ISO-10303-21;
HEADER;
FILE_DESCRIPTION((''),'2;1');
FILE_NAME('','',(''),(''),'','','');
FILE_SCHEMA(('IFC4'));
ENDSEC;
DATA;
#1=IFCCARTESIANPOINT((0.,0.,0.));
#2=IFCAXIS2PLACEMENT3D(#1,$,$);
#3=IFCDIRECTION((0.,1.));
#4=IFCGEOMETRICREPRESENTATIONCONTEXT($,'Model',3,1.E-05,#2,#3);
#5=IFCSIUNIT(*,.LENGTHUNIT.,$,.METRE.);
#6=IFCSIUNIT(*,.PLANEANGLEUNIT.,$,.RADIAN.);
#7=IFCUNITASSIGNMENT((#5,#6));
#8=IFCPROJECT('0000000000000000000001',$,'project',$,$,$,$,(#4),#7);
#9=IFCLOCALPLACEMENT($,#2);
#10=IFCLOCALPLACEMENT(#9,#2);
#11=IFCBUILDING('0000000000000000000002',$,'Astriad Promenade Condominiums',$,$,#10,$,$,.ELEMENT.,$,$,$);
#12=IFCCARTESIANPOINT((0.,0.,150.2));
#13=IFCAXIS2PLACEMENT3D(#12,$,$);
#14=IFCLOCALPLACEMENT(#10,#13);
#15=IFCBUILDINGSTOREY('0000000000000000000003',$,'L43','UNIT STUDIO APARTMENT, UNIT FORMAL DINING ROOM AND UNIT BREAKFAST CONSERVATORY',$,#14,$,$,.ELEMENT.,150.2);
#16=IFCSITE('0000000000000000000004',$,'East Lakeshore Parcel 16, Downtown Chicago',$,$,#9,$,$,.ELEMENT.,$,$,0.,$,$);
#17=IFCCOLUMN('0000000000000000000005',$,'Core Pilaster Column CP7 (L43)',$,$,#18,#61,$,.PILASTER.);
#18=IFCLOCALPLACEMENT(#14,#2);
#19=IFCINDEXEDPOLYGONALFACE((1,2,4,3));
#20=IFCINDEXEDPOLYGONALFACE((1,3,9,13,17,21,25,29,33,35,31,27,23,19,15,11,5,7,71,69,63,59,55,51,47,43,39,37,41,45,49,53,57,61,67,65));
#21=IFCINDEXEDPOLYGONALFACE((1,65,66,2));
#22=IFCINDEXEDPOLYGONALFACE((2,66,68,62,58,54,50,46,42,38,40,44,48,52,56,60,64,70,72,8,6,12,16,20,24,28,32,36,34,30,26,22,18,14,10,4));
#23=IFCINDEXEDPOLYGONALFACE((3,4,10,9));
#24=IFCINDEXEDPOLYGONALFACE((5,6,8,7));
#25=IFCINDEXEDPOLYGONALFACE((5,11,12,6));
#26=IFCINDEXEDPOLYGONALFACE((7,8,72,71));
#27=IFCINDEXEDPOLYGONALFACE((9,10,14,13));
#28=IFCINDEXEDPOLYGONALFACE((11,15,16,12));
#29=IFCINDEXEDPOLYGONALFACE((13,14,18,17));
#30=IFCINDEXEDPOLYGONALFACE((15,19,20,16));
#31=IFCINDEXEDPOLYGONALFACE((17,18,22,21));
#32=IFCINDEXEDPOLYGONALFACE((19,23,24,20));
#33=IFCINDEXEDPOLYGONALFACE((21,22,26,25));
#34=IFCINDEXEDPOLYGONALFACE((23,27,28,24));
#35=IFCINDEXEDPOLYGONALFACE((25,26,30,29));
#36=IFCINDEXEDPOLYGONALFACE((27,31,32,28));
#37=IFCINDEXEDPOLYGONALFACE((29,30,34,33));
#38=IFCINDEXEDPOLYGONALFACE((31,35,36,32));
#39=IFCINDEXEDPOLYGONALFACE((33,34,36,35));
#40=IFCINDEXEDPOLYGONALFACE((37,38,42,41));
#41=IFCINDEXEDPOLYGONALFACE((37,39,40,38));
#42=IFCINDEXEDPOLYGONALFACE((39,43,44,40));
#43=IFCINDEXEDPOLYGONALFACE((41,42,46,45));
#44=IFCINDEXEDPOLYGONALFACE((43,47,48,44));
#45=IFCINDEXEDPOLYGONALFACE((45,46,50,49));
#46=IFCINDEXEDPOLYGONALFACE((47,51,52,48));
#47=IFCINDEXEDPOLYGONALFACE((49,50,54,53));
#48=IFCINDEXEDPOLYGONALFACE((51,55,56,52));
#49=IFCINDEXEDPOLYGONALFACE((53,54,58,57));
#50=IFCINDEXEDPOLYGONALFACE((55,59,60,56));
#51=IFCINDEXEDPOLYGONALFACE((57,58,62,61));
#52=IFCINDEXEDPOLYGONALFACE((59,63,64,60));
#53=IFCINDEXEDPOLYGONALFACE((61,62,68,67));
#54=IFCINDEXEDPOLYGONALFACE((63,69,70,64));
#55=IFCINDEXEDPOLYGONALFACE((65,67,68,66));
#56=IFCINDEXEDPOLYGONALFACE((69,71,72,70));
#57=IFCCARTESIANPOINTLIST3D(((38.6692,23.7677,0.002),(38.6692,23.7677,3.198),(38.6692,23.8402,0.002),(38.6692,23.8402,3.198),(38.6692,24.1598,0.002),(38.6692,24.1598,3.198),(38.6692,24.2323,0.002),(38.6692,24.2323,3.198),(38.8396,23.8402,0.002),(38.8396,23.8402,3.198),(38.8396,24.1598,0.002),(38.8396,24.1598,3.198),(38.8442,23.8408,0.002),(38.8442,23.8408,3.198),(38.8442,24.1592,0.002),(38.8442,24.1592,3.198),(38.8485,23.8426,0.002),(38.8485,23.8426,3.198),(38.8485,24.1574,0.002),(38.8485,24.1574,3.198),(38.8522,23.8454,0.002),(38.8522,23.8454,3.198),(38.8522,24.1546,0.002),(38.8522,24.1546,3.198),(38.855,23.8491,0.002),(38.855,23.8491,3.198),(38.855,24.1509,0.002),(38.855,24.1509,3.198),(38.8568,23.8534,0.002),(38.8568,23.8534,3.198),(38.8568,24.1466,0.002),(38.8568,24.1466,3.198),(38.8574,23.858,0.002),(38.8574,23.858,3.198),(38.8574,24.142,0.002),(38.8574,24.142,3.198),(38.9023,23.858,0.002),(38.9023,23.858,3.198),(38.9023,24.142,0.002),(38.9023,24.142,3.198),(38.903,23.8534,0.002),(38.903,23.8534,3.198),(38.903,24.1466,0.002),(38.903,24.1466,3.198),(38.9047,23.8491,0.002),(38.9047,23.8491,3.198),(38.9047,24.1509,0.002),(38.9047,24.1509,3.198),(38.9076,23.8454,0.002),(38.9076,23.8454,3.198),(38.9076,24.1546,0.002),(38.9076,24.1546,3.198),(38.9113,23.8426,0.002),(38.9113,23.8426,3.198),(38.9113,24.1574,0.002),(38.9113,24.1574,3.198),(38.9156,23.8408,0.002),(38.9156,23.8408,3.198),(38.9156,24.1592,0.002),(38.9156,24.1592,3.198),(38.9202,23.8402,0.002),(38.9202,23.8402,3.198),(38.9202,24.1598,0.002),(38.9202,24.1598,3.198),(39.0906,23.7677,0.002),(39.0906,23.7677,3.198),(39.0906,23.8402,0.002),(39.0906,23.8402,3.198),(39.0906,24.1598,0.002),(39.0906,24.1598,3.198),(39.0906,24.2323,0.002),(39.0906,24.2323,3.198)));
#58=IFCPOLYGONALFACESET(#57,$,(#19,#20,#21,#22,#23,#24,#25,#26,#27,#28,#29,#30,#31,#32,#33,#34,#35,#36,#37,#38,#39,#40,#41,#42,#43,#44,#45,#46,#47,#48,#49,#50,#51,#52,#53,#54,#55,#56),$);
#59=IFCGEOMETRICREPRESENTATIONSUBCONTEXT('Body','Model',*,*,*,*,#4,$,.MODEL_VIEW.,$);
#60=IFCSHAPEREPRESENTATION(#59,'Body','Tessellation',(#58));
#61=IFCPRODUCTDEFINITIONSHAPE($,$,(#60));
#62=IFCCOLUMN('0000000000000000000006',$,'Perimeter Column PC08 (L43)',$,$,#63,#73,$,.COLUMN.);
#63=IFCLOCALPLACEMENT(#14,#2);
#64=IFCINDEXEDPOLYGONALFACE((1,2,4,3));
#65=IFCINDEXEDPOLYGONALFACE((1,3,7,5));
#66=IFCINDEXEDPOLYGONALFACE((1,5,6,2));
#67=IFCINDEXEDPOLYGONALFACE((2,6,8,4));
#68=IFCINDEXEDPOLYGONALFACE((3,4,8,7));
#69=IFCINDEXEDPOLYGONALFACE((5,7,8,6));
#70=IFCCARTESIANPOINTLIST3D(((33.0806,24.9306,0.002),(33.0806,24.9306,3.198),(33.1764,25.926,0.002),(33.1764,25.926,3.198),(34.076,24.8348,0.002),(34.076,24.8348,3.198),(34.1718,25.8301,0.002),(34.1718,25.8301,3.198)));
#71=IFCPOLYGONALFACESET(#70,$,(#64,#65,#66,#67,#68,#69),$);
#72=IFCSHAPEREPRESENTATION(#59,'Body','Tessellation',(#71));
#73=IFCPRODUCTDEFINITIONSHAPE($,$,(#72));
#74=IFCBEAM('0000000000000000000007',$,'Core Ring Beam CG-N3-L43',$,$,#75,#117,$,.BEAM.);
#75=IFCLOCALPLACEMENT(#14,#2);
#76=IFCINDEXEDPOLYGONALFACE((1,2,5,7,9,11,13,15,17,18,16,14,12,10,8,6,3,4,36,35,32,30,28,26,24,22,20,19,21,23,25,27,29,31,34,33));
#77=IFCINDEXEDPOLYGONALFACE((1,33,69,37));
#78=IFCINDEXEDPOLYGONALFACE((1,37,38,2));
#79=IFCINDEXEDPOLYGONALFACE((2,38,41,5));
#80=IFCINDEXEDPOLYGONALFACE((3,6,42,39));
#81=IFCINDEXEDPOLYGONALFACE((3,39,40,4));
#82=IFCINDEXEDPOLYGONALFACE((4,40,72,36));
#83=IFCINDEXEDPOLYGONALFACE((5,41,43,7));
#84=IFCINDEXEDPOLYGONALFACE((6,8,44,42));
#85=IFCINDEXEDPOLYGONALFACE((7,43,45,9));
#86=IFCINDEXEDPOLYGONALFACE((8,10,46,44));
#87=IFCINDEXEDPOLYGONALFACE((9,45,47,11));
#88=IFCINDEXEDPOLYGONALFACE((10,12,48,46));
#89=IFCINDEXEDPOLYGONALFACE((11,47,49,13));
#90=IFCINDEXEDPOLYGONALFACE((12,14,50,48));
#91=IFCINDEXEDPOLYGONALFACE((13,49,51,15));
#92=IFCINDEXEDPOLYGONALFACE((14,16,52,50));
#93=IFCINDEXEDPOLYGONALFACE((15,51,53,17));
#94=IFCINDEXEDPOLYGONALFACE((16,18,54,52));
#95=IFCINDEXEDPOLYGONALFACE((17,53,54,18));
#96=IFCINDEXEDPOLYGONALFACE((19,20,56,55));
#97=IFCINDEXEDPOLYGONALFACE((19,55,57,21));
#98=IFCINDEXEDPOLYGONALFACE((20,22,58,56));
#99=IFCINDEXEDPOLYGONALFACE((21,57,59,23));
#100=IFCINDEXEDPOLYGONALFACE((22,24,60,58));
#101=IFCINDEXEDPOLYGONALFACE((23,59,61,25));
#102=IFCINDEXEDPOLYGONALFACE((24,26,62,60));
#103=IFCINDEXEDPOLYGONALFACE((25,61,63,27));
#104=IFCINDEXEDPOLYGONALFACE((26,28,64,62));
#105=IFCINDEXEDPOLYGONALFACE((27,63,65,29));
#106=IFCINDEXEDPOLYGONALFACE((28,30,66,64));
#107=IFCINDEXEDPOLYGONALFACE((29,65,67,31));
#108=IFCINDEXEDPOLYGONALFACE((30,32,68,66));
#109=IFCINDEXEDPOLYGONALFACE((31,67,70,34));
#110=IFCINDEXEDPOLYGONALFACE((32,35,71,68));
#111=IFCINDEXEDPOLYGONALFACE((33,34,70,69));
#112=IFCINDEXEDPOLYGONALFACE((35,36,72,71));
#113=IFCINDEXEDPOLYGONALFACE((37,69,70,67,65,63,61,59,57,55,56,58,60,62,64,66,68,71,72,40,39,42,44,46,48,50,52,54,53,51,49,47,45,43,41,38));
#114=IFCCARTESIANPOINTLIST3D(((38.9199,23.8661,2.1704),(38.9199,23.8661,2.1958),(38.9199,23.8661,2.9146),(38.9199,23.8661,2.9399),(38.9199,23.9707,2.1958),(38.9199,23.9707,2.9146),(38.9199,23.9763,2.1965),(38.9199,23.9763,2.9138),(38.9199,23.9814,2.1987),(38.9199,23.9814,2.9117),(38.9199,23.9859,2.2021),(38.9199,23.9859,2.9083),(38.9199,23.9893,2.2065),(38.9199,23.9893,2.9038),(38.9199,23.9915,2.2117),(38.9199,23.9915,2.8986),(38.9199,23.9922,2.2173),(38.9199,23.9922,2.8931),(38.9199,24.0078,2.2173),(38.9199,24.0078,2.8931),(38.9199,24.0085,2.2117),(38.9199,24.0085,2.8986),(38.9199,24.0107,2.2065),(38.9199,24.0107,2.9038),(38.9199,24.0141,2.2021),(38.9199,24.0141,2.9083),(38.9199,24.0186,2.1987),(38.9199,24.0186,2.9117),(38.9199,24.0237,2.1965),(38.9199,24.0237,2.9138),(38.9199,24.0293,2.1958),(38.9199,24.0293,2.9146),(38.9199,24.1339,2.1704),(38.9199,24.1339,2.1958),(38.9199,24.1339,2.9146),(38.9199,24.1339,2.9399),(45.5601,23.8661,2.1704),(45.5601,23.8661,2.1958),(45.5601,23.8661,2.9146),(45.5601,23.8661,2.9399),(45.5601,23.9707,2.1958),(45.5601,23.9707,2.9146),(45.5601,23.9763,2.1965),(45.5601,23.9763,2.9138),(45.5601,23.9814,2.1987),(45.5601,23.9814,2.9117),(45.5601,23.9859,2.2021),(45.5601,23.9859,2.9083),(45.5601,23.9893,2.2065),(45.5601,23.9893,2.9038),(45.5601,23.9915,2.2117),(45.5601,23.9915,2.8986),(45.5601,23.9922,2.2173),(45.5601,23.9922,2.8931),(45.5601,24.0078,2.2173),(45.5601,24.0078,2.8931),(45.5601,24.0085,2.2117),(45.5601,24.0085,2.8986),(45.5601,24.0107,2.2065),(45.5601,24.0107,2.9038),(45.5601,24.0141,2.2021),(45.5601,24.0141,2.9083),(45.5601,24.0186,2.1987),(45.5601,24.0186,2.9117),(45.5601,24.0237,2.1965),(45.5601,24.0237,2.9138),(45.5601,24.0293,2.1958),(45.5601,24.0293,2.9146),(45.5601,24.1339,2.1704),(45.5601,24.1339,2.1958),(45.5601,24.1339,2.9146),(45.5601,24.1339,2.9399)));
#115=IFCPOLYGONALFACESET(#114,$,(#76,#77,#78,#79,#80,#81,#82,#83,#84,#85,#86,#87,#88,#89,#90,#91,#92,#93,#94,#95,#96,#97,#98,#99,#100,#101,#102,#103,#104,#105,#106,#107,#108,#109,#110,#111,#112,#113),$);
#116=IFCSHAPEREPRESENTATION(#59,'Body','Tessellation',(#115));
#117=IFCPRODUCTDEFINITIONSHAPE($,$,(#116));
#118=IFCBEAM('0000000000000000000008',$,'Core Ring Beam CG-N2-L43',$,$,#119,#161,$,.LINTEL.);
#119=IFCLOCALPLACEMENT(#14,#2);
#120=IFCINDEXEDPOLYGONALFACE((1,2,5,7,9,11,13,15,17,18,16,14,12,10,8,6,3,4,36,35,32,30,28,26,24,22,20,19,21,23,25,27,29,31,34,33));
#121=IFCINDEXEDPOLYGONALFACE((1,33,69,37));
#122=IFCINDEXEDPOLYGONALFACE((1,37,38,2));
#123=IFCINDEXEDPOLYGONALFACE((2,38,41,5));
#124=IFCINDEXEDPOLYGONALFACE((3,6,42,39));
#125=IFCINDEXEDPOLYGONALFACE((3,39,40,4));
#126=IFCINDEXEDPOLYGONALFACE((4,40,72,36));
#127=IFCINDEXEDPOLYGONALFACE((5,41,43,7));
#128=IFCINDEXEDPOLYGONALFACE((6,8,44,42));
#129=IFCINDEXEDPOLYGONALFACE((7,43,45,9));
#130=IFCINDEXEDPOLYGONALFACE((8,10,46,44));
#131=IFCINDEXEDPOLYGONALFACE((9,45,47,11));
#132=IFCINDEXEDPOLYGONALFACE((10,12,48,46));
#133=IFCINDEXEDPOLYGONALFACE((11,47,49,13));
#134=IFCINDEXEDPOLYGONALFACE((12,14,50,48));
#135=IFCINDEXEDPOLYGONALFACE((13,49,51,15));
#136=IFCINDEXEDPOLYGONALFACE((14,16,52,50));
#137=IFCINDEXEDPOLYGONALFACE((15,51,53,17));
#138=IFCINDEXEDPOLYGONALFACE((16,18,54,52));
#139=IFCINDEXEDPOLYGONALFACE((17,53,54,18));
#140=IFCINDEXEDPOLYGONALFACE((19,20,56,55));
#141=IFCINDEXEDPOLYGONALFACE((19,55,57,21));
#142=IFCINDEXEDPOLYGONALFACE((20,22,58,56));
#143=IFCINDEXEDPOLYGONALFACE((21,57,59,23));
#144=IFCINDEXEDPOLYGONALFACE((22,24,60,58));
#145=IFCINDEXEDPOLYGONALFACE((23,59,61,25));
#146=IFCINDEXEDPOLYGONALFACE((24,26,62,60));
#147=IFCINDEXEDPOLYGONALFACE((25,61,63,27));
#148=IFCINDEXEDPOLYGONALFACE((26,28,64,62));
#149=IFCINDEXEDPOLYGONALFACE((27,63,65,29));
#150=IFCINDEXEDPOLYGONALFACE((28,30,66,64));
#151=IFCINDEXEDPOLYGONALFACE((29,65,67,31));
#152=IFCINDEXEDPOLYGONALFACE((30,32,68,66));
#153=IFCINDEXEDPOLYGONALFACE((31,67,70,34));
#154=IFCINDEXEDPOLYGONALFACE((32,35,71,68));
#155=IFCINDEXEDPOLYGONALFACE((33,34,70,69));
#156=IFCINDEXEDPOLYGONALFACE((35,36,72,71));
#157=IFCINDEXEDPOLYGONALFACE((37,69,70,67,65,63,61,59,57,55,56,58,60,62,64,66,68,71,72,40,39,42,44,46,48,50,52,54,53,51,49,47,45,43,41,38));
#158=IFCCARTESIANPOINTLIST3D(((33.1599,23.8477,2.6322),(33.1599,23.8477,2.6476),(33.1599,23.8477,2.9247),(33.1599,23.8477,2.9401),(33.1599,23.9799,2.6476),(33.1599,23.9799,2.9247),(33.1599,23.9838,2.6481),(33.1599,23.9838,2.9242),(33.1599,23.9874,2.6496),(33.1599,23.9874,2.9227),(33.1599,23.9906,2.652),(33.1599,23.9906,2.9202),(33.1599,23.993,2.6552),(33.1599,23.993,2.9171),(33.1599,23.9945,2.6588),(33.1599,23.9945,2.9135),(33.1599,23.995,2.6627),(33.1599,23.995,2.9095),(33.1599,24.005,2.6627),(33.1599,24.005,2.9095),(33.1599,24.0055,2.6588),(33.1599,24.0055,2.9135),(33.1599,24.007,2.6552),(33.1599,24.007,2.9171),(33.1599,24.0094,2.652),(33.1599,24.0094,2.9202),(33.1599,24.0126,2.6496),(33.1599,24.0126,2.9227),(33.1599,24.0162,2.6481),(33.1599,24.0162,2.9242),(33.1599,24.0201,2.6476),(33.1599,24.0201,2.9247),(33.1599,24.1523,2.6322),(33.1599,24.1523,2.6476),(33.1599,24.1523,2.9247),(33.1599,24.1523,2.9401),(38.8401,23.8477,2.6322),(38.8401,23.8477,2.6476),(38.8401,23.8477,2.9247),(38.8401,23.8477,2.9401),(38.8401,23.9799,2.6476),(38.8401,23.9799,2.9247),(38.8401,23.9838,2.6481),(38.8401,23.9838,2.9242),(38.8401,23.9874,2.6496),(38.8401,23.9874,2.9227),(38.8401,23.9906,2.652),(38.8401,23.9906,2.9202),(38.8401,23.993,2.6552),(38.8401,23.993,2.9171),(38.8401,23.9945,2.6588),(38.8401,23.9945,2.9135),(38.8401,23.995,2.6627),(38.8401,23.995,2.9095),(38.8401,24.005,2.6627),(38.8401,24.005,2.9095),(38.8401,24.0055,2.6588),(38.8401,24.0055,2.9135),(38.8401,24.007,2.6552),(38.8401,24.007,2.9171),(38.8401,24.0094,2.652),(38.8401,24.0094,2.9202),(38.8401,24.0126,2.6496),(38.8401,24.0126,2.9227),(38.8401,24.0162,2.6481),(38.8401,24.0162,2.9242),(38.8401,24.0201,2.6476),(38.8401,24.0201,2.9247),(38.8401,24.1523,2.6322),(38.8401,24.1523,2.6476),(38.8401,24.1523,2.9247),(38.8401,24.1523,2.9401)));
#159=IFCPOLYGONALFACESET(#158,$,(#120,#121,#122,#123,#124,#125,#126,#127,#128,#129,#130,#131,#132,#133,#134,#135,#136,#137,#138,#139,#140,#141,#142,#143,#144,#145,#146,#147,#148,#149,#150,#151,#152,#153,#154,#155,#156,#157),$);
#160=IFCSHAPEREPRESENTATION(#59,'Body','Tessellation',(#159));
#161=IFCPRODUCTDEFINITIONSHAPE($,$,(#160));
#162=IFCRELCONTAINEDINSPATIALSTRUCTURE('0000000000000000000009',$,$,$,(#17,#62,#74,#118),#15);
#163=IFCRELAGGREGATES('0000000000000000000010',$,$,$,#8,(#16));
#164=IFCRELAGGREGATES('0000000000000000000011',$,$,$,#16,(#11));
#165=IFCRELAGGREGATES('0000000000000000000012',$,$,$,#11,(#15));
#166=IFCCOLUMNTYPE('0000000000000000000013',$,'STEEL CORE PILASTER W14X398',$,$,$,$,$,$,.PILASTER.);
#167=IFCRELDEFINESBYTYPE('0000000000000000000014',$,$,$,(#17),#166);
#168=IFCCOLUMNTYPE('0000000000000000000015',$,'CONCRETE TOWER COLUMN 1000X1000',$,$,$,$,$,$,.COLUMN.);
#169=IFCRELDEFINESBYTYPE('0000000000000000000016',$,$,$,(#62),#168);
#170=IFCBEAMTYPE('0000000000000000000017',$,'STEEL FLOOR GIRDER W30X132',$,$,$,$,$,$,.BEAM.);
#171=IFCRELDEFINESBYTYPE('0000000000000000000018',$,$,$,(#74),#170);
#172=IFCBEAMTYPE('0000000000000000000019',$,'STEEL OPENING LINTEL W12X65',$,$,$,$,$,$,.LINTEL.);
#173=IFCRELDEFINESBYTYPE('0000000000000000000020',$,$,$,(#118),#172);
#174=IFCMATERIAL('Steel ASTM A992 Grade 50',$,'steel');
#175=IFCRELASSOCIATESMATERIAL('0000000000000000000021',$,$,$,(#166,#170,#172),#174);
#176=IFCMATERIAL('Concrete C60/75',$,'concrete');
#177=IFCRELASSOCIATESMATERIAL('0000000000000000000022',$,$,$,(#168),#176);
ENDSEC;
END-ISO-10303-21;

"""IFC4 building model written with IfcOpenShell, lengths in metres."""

from ifc_helpers import new_model, si_unit, direction, frame, origin, origin_2d, place, context, subcontext, project, spatial, rectangle, i_section, extrude, source, transform, mapped, material, material_profile, profile_set, type_object, type_shapes, element, save


model = new_model("IFC4")

# Units and contexts
model_context = context("Model", 3, precision=1e-05, world=origin(), true_north=direction((0.0, 1.0)))
body_context = subcontext(model_context, "Body", "Model", "MODEL_VIEW")
ifc_project = project(units=[si_unit("LENGTHUNIT", "METRE"), si_unit("PLANEANGLEUNIT", "RADIAN")], contexts=[model_context])

# Site, building, storey
site_placement = place(None, origin())
site = spatial("IfcSite", under=ifc_project, at=site_placement, Name="East Lakeshore Parcel 16, Downtown Chicago", CompositionType="ELEMENT", RefElevation=0.0)
building_placement = place(site_placement, origin())
building = spatial("IfcBuilding", under=site, at=building_placement, Name="Astriad Promenade Condominiums", CompositionType="ELEMENT")
storey_placement = place(building_placement, frame((0.0, 0.0, 150.2)))
storey = spatial("IfcBuildingStorey", under=building, at=storey_placement, Name="L43", Description="UNIT STUDIO APARTMENT, UNIT FORMAL DINING ROOM AND UNIT BREAKFAST CONSERVATORY", CompositionType="ELEMENT", Elevation=150.2)

# Columns
ifc_material_1 = material(Name="Steel ASTM A992 Grade 50", Category="steel")
ifc_material_profile_1 = material_profile(ifc_material_1, i_section(OverallWidth=0.4214, OverallDepth=0.4646, WebThickness=0.0449, FlangeThickness=0.0725, FilletRadius=0.0178, at=origin_2d()), Name="W14X398")
ifc_profile_set_1 = profile_set([ifc_material_profile_1], Name="Steel ASTM A992 Grade 50")
column_type_1 = type_object("IfcColumnType", Name="STEEL CORE PILASTER W14X398", PredefinedType="PILASTER", material=ifc_profile_set_1)
shared_shape_1 = source(origin(), body_context, "Body", "SweptSolid", [
    extrude(i_section(OverallWidth=0.4214, OverallDepth=0.4646, WebThickness=0.0449, FlangeThickness=0.0725, FilletRadius=0.0178, at=origin_2d()), origin(), (0.0, 0.0, 1.0), 3.196),
])
type_shapes(column_type_1, [shared_shape_1])
column_1_placement = place(storey_placement, frame((38.8799, 24.0, 0.002), z_axis=(0.0, 0.0, 1.0), x_axis=(1.0, 0.0, 0.0)))
element("IfcColumn", 1, at=column_1_placement, inside=storey, type_object=column_type_1, Name="Core Pilaster Column CP7 (L43)", PredefinedType="PILASTER", context=body_context, shape_type="MappedRepresentation", body=[
    mapped(shared_shape_1, transform((0.0, 0.0, 0.0), scale=1.0)),
])
ifc_material_2 = material(Name="Concrete C60/75", Category="concrete")
ifc_material_profile_2 = material_profile(ifc_material_2, rectangle(XDim=1.0, YDim=1.0, at=origin_2d()), Name="RC-COL-1000X1000")
ifc_profile_set_2 = profile_set([ifc_material_profile_2], Name="Concrete C60/75")
column_type_2 = type_object("IfcColumnType", Name="CONCRETE TOWER COLUMN 1000X1000", PredefinedType="COLUMN", material=ifc_profile_set_2)
shared_shape_2 = source(origin(), body_context, "Body", "SweptSolid", [
    extrude(rectangle(XDim=1.0, YDim=1.0, at=origin_2d()), origin(), (0.0, 0.0, 1.0), 3.196),
])
type_shapes(column_type_2, [shared_shape_2])
column_2_placement = place(storey_placement, frame((33.6262, 25.3804, 0.002), z_axis=(0.0, 0.0, 1.0), x_axis=(0.995396, -0.095846, 0.0)))
element("IfcColumn", 2, at=column_2_placement, inside=storey, type_object=column_type_2, Name="Perimeter Column PC08 (L43)", PredefinedType="COLUMN", context=body_context, shape_type="MappedRepresentation", body=[
    mapped(shared_shape_2, transform((0.0, 0.0, 0.0), scale=1.0)),
])

# Beams
ifc_material_profile_3 = material_profile(ifc_material_1, i_section(OverallWidth=0.2678, OverallDepth=0.7695, WebThickness=0.0156, FlangeThickness=0.0254, FilletRadius=0.0215, at=origin_2d()), Name="W30X132")
ifc_profile_set_3 = profile_set([ifc_material_profile_3], Name="Steel ASTM A992 Grade 50")
beam_type_1 = type_object("IfcBeamType", Name="STEEL FLOOR GIRDER W30X132", PredefinedType="BEAM", material=ifc_profile_set_3)
shared_shape_3 = source(origin(), body_context, "Body", "SweptSolid", [
    extrude(i_section(OverallWidth=0.2678, OverallDepth=0.7695, WebThickness=0.0156, FlangeThickness=0.0254, FilletRadius=0.0215, at=origin_2d()), origin(), (0.0, 0.0, 1.0), 6.6401),
])
type_shapes(beam_type_1, [shared_shape_3])
beam_1_placement = place(storey_placement, frame((38.9199, 24.0, 2.5552), z_axis=(1.0, 0.0, 0.0), x_axis=(0.0, 1.0, 0.0)))
element("IfcBeam", 3, at=beam_1_placement, inside=storey, type_object=beam_type_1, Name="Core Ring Beam CG-N3-L43", PredefinedType="BEAM", context=body_context, shape_type="MappedRepresentation", body=[
    mapped(shared_shape_3, transform((0.0, 0.0, 0.0), scale=1.0)),
])
ifc_material_profile_4 = material_profile(ifc_material_1, i_section(OverallWidth=0.3047, OverallDepth=0.3079, WebThickness=0.01, FlangeThickness=0.0154, FilletRadius=0.0151, at=origin_2d()), Name="W12X65")
ifc_profile_set_4 = profile_set([ifc_material_profile_4], Name="Steel ASTM A992 Grade 50")
beam_type_2 = type_object("IfcBeamType", Name="STEEL OPENING LINTEL W12X65", PredefinedType="LINTEL", material=ifc_profile_set_4)
shared_shape_4 = source(origin(), body_context, "Body", "SweptSolid", [
    extrude(i_section(OverallWidth=0.3047, OverallDepth=0.3079, WebThickness=0.01, FlangeThickness=0.0154, FilletRadius=0.0151, at=origin_2d()), origin(), (0.0, 0.0, 1.0), 5.6802),
])
type_shapes(beam_type_2, [shared_shape_4])
beam_2_placement = place(storey_placement, frame((33.1599, 24.0, 2.7861), z_axis=(1.0, 0.0, 0.0), x_axis=(0.0, 1.0, 0.0)))
element("IfcBeam", 4, at=beam_2_placement, inside=storey, type_object=beam_type_2, Name="Core Ring Beam CG-N2-L43", PredefinedType="LINTEL", context=body_context, shape_type="MappedRepresentation", body=[
    mapped(shared_shape_4, transform((0.0, 0.0, 0.0), scale=1.0)),
])

save(model, "model.ifc")
